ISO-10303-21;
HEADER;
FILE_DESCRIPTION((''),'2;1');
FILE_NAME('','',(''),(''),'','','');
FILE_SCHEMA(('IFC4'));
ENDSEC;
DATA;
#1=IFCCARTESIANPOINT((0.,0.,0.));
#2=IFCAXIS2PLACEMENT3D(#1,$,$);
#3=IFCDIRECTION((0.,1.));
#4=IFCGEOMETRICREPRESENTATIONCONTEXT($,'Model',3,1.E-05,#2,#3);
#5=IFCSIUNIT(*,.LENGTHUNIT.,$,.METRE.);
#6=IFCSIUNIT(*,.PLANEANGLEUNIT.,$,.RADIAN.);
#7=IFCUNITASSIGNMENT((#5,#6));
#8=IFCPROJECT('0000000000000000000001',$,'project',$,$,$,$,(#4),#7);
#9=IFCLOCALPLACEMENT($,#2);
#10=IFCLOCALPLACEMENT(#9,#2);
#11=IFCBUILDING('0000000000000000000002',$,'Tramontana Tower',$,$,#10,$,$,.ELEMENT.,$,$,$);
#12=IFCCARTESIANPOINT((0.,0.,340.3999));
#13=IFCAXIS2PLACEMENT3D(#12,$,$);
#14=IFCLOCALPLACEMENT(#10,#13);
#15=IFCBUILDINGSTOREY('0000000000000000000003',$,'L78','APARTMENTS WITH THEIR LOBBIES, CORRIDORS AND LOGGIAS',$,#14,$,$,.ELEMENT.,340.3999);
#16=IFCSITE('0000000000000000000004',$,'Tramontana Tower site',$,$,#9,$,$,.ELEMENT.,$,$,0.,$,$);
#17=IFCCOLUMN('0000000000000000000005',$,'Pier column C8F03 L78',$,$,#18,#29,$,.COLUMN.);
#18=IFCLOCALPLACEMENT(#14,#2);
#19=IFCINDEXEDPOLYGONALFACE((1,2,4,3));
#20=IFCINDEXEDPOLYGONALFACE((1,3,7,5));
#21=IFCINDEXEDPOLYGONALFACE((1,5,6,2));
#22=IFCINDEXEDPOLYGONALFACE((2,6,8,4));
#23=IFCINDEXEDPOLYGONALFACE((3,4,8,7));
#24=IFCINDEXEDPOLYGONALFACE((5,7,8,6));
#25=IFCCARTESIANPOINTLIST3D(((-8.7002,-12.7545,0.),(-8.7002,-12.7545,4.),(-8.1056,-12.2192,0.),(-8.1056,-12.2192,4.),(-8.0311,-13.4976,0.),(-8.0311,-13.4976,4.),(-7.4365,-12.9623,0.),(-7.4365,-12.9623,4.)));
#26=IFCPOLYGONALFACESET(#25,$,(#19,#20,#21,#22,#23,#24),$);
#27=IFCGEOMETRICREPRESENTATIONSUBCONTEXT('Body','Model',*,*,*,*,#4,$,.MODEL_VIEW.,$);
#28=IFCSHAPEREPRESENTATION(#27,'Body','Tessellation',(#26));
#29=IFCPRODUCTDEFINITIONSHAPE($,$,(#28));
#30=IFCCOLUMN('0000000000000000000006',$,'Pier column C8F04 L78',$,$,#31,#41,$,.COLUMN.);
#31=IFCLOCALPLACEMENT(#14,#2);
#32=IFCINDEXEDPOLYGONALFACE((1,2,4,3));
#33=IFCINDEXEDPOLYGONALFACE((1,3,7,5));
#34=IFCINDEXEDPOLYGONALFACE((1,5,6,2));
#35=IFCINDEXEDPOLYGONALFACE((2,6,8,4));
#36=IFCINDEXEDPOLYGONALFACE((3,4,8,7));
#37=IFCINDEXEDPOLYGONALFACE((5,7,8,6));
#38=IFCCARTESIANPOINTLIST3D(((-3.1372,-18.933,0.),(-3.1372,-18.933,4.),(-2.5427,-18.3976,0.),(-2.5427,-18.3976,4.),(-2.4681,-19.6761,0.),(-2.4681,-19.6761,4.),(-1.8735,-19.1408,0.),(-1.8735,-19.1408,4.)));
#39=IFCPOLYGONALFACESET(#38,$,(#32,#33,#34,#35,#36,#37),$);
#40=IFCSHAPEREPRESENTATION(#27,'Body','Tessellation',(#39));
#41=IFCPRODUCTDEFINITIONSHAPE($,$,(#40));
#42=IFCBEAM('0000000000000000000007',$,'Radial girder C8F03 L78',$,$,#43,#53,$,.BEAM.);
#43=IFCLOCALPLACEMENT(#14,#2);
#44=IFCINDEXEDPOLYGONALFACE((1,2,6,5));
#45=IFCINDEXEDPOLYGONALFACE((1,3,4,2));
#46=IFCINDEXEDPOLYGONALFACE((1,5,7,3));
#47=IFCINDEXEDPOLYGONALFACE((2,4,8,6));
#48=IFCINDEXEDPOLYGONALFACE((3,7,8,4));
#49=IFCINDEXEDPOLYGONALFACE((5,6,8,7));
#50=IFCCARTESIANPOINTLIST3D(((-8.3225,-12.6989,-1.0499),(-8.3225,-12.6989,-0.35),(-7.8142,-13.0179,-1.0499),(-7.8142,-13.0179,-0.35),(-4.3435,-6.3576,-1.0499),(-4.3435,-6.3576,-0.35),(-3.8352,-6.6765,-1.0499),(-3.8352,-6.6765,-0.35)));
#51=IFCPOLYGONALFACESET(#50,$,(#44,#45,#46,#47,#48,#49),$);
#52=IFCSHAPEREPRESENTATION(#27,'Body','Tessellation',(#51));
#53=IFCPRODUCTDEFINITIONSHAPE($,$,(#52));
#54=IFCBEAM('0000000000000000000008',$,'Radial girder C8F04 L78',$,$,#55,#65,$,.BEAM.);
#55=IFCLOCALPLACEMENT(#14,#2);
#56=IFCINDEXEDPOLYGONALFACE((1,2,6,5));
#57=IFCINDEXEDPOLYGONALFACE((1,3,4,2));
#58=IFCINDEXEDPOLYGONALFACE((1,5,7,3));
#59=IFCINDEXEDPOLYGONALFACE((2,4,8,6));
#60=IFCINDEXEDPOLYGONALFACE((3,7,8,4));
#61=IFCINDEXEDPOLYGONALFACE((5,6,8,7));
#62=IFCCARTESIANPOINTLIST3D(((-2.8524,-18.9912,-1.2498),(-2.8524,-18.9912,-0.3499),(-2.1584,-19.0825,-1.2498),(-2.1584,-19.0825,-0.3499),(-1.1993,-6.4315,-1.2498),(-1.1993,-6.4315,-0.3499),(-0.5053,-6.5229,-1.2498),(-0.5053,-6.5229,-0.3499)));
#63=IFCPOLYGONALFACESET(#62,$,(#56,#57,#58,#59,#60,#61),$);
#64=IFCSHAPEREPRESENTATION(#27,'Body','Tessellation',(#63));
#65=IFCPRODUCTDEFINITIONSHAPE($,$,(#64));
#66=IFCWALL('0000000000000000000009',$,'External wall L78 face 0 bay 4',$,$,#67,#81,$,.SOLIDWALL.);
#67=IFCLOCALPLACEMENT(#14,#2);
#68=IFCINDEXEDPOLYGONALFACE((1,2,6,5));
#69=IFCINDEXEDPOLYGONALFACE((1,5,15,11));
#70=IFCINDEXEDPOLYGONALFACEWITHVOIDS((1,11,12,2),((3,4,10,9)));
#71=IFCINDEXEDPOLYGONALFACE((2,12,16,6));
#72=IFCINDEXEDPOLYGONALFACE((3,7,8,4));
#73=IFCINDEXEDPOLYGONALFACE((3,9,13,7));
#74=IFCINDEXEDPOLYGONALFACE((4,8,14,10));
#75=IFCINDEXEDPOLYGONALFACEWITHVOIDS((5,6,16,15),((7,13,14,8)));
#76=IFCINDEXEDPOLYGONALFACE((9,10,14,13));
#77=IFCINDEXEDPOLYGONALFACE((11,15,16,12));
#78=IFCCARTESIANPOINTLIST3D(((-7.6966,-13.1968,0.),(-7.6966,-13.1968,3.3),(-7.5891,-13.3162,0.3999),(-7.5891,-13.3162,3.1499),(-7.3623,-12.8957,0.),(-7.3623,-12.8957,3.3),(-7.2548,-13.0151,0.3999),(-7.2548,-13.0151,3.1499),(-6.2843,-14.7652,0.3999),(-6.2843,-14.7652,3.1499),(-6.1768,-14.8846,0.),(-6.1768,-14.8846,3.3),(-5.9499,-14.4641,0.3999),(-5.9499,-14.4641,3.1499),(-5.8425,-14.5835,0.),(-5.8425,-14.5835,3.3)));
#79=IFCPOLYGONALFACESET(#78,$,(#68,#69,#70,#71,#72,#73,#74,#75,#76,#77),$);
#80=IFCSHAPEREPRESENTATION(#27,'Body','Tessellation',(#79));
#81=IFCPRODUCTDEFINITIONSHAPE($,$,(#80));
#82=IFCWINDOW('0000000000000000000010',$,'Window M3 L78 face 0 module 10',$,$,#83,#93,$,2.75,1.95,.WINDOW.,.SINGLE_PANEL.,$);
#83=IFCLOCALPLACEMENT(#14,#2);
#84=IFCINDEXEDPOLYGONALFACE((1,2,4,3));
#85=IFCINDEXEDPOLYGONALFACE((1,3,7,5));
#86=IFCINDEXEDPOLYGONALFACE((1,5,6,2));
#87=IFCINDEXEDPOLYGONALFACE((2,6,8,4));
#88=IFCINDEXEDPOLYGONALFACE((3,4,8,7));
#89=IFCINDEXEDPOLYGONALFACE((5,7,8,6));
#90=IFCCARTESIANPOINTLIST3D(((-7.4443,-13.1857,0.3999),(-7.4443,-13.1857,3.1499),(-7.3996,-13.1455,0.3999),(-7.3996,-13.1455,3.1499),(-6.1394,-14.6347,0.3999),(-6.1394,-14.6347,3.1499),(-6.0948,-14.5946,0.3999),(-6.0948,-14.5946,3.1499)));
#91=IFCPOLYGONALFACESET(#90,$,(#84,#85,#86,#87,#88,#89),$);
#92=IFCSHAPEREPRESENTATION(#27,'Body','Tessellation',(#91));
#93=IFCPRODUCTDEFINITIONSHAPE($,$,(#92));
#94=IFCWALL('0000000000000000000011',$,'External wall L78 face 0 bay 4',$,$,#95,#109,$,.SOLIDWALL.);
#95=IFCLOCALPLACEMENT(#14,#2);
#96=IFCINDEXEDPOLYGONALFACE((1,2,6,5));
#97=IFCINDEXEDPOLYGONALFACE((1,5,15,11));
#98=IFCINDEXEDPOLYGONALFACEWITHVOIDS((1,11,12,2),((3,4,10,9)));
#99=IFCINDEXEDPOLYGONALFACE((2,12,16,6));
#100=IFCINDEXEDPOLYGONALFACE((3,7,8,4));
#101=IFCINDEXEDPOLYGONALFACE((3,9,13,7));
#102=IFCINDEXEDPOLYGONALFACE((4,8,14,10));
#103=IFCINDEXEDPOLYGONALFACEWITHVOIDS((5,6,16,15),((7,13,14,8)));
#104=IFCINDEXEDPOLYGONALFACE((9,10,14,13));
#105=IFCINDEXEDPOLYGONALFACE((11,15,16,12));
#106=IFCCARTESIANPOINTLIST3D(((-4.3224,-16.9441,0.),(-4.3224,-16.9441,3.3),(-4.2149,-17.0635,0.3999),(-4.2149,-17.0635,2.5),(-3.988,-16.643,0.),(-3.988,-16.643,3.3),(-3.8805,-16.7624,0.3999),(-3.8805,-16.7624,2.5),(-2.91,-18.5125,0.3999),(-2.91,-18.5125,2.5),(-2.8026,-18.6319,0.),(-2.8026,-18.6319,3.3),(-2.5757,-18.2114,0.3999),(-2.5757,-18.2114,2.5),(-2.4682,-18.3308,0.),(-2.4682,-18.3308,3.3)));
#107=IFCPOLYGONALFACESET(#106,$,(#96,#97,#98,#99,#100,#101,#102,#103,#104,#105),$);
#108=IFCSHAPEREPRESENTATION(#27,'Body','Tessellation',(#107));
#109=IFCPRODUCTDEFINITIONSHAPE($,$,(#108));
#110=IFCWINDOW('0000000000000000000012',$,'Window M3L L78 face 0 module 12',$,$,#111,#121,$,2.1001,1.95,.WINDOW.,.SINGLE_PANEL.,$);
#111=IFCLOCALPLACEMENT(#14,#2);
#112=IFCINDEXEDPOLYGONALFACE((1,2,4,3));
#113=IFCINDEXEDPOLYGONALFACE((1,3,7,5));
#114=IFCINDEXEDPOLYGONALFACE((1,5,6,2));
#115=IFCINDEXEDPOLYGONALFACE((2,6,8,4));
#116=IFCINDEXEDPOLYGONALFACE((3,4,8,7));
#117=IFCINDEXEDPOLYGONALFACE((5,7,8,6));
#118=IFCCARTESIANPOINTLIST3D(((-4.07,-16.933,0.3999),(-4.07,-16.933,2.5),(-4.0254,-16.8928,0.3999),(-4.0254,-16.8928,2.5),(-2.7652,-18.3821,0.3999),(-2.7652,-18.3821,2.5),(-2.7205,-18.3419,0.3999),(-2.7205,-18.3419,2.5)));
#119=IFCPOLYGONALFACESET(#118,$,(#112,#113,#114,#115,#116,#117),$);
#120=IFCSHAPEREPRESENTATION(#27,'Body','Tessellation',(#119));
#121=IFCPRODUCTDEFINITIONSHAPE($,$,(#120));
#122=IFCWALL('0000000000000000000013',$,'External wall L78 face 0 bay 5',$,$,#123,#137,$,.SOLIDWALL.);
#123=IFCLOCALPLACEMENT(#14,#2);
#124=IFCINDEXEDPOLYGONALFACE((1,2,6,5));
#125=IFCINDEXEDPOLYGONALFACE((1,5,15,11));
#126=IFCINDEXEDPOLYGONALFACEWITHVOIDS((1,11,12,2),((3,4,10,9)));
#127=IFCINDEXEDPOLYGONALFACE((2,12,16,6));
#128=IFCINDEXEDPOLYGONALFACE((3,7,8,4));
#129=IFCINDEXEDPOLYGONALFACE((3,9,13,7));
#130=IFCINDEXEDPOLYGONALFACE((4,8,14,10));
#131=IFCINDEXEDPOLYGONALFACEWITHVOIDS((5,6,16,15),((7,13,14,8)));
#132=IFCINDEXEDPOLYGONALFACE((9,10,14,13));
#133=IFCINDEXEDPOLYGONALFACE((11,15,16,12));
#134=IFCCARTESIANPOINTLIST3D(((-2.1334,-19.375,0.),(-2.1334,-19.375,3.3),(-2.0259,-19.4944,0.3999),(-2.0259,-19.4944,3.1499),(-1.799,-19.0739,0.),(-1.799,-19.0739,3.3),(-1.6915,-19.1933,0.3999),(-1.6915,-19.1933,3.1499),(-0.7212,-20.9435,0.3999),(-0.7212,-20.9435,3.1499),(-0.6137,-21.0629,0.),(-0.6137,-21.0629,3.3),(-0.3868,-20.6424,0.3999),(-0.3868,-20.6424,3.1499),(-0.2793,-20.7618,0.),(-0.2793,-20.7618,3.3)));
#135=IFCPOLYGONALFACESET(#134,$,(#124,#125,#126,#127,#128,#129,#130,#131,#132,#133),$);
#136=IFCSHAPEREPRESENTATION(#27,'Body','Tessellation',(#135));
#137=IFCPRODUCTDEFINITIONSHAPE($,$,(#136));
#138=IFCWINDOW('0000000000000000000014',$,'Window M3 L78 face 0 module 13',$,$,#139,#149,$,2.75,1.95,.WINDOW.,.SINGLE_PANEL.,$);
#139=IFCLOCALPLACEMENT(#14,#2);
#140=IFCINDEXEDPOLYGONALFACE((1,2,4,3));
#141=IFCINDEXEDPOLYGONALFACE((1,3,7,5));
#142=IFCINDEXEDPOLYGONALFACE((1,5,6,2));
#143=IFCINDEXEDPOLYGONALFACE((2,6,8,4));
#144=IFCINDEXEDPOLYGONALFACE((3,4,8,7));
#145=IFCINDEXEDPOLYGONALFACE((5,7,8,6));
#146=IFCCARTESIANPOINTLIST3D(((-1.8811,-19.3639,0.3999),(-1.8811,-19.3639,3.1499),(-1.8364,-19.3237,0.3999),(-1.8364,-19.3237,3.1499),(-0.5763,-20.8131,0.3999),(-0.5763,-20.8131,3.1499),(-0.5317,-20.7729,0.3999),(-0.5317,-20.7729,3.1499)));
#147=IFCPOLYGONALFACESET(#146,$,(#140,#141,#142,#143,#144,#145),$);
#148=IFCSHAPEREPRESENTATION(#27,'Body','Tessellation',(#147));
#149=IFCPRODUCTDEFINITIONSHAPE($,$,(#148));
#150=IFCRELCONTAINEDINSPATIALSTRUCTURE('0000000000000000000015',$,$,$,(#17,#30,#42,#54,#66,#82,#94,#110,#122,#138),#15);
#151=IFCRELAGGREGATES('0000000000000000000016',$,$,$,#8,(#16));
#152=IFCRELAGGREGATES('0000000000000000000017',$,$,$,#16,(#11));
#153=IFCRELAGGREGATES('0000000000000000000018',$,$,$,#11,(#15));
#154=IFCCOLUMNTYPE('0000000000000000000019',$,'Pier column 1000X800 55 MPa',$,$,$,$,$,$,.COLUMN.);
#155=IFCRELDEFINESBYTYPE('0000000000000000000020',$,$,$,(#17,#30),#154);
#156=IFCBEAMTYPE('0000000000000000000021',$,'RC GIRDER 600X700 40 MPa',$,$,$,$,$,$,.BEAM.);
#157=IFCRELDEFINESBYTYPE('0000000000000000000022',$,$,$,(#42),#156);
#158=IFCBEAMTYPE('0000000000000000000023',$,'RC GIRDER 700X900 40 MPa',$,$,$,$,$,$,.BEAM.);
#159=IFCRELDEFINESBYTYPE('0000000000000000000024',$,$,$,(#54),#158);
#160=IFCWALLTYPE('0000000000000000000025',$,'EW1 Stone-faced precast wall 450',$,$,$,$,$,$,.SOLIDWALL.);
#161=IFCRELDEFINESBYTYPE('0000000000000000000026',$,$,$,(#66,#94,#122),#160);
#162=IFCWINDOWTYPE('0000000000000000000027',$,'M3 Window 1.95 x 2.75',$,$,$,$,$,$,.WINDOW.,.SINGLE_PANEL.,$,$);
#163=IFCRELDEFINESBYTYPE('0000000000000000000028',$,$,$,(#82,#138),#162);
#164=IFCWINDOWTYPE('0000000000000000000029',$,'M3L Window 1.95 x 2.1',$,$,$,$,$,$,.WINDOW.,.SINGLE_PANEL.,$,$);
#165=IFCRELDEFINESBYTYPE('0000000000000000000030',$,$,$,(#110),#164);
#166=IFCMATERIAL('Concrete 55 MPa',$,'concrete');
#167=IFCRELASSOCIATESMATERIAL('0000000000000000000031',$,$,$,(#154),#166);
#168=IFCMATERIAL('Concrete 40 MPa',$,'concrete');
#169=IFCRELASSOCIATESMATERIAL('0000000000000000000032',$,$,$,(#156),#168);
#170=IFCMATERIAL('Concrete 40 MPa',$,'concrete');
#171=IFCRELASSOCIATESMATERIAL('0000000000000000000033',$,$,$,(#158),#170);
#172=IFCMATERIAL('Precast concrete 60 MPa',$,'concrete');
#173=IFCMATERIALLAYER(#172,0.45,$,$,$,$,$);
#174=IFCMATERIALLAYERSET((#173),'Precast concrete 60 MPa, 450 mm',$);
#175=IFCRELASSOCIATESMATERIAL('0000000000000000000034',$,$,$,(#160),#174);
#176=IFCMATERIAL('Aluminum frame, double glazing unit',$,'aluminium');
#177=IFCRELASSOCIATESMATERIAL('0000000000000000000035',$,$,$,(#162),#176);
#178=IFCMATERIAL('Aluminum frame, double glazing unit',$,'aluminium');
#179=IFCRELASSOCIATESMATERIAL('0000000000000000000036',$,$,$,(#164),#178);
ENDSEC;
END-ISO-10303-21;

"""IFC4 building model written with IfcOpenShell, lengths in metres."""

from ifc_helpers import new_model, si_unit, direction, frame, frame_2d, origin, origin_2d, place, context, subcontext, project, spatial, rectangle, extrude, material, layer, layer_set, material_profile, profile_set, type_object, element, fill, save


model = new_model("IFC4")

# Units and contexts
model_context = context("Model", 3, precision=1e-05, world=origin(), true_north=direction((0.0, 1.0)))
body_context = subcontext(model_context, "Body", "Model", "MODEL_VIEW")
ifc_project = project(units=[si_unit("LENGTHUNIT", "METRE"), si_unit("PLANEANGLEUNIT", "RADIAN")], contexts=[model_context])

# Site, building, storey
site_placement = place(None, origin())
site = spatial("IfcSite", under=ifc_project, at=site_placement, Name="Tramontana Tower site", CompositionType="ELEMENT", RefElevation=0.0)
building_placement = place(site_placement, origin())
building = spatial("IfcBuilding", under=site, at=building_placement, Name="Tramontana Tower", CompositionType="ELEMENT")
storey_placement = place(building_placement, frame((0.0, 0.0, 340.3999)))
storey = spatial("IfcBuildingStorey", under=building, at=storey_placement, Name="L78", Description="APARTMENTS WITH THEIR LOBBIES, CORRIDORS AND LOGGIAS", CompositionType="ELEMENT", Elevation=340.3999)

# Columns
ifc_material_1 = material(Name="Concrete 55 MPa", Category="concrete")
ifc_material_profile_1 = material_profile(ifc_material_1, rectangle(XDim=1.0, YDim=0.8, at=origin_2d()), Name="Pier column 1000X800 55 MPa")
ifc_profile_set_1 = profile_set([ifc_material_profile_1], Name="Concrete 55 MPa")
column_type = type_object("IfcColumnType", Name="Pier column 1000X800 55 MPa", PredefinedType="COLUMN", material=ifc_profile_set_1)
for number, where, z_axis, x_axis, name in (
    (1, (-8.0684, -12.8584, 0.0), (0.0, 0.0, 1.0), (0.669131, -0.743145, 0.0), "Pier column C8F03 L78"),
    (2, (-2.5054, -19.0369, 0.0), (0.0, 0.0, 1.0), (0.669131, -0.743145, 0.0), "Pier column C8F04 L78"),
):
    element("IfcColumn", number, at=place(storey_placement, frame(where, z_axis=z_axis, x_axis=x_axis)), inside=storey, type_object=column_type, Name=name, PredefinedType="COLUMN", context=body_context, shape_type="SweptSolid", body=[
        extrude(rectangle(XDim=1.0, YDim=0.8, at=origin_2d()), origin(), (0.0, 0.0, 1.0), 4.0),
    ])

# Beams
ifc_material_2 = material(Name="Concrete 40 MPa", Category="concrete")
ifc_material_profile_2 = material_profile(ifc_material_2, rectangle(XDim=0.6001, YDim=0.7, at=origin_2d()), Name="RC GIRDER 600X700 40 MPa")
ifc_profile_set_2 = profile_set([ifc_material_profile_2], Name="Concrete 40 MPa")
beam_type_1 = type_object("IfcBeamType", Name="RC GIRDER 600X700 40 MPa", PredefinedType="BEAM", material=ifc_profile_set_2)
beam_1_placement = place(storey_placement, frame((-8.0684, -12.8584, -0.7), z_axis=(0.531505, 0.847055, 0.0), x_axis=(-0.847055, 0.531505, 0.0)))
element("IfcBeam", 3, at=beam_1_placement, inside=storey, type_object=beam_type_1, Name="Radial girder C8F03 L78", PredefinedType="BEAM", context=body_context, shape_type="SweptSolid", body=[
    extrude(rectangle(XDim=0.6001, YDim=0.7, at=origin_2d()), origin(), (0.0, 0.0, 1.0), 7.4863),
])
ifc_material_3 = material(Name="Concrete 40 MPa", Category="concrete")
ifc_material_profile_3 = material_profile(ifc_material_3, rectangle(XDim=0.7, YDim=0.8999, at=origin_2d()), Name="RC GIRDER 700X900 40 MPa")
ifc_profile_set_3 = profile_set([ifc_material_profile_3], Name="Concrete 40 MPa")
beam_type_2 = type_object("IfcBeamType", Name="RC GIRDER 700X900 40 MPa", PredefinedType="BEAM", material=ifc_profile_set_3)
beam_2_placement = place(storey_placement, frame((-2.5054, -19.0369, -0.7998), z_axis=(0.130493, 0.991449, 0.0), x_axis=(-0.991449, 0.130493, 0.0)))
element("IfcBeam", 4, at=beam_2_placement, inside=storey, type_object=beam_type_2, Name="Radial girder C8F04 L78", PredefinedType="BEAM", context=body_context, shape_type="SweptSolid", body=[
    extrude(rectangle(XDim=0.7, YDim=0.8999, at=origin_2d()), origin(), (0.0, 0.0, 1.0), 12.668),
])

# Walls, openings, windows
ifc_material_4 = material(Name="Precast concrete 60 MPa", Category="concrete")
ifc_layer_1 = layer(ifc_material_4, 0.45)
ifc_layer_set_1 = layer_set([ifc_layer_1], Name="Precast concrete 60 MPa, 450 mm")
wall_type_1 = type_object("IfcWallType", Name="EW1 Stone-faced precast wall 450", PredefinedType="SOLIDWALL", material=ifc_layer_set_1)
wall_1_placement = place(storey_placement, frame((-7.5295, -13.0461, 0.0), z_axis=(0.0, 0.0, 1.0), x_axis=(0.669161, -0.743118, 0.0)))
wall_1 = element("IfcWall", 5, at=wall_1_placement, inside=storey, type_object=wall_type_1, Name="External wall L78 face 0 bay 4", PredefinedType="SOLIDWALL", context=body_context, shape_type="SweptSolid", body=[
    extrude(rectangle(XDim=2.2712, YDim=0.45, at=frame_2d((1.1357, 0.0))), origin(), (0.0, 0.0, 1.0), 3.3),
])
opening_1_placement = place(wall_1_placement, frame((0.1606, 0.0, 0.3999)))
opening_1 = element("IfcOpeningElement", 6, at=opening_1_placement, cuts=wall_1, PredefinedType="OPENING", context=body_context, shape_type="SweptSolid", body=[
    extrude(rectangle(XDim=1.95, YDim=2.75, at=frame_2d((0.9751, 1.375))), frame((0.0, 0.2349, 0.0), z_axis=(0.0, -1.0, 0.0), x_axis=(1.0, 0.0, 0.0)), (0.0, 0.0, 1.0), 0.47),
])
ifc_material_5 = material(Name="Aluminum frame, double glazing unit", Category="aluminium")
window_type_1 = type_object("IfcWindowType", Name="M3 Window 1.95 x 2.75", PartitioningType="SINGLE_PANEL", PredefinedType="WINDOW", material=ifc_material_5)
window_1_placement = place(opening_1_placement, origin())
window_1 = element("IfcWindow", 7, at=window_1_placement, inside=storey, type_object=window_type_1, Name="Window M3 L78 face 0 module 10", OverallHeight=2.75, OverallWidth=1.95, PartitioningType="SINGLE_PANEL", PredefinedType="WINDOW", context=body_context, shape_type="SweptSolid", body=[
    extrude(rectangle(XDim=1.95, YDim=2.75, at=frame_2d((0.9751, 1.375))), frame((0.0, 0.03, 0.0), z_axis=(0.0, -1.0, 0.0), x_axis=(1.0, 0.0, 0.0)), (0.0, 0.0, 1.0), 0.0601),
])
fill(opening_1, window_1)
wall_2_placement = place(storey_placement, frame((-4.1553, -16.7935, 0.0), z_axis=(0.0, 0.0, 1.0), x_axis=(0.669161, -0.743118, 0.0)))
wall_2 = element("IfcWall", 8, at=wall_2_placement, inside=storey, type_object=wall_type_1, Name="External wall L78 face 0 bay 4", PredefinedType="SOLIDWALL", context=body_context, shape_type="SweptSolid", body=[
    extrude(rectangle(XDim=2.2712, YDim=0.45, at=frame_2d((1.1357, 0.0))), origin(), (0.0, 0.0, 1.0), 3.3),
])
opening_2_placement = place(wall_2_placement, frame((0.1606, 0.0, 0.3999)))
opening_2 = element("IfcOpeningElement", 9, at=opening_2_placement, cuts=wall_2, PredefinedType="OPENING", context=body_context, shape_type="SweptSolid", body=[
    extrude(rectangle(XDim=1.95, YDim=2.1001, at=frame_2d((0.9751, 1.05))), frame((0.0, 0.2349, 0.0), z_axis=(0.0, -1.0, 0.0), x_axis=(1.0, 0.0, 0.0)), (0.0, 0.0, 1.0), 0.47),
])
ifc_material_6 = material(Name="Aluminum frame, double glazing unit", Category="aluminium")
window_type_2 = type_object("IfcWindowType", Name="M3L Window 1.95 x 2.1", PartitioningType="SINGLE_PANEL", PredefinedType="WINDOW", material=ifc_material_6)
window_2_placement = place(opening_2_placement, origin())
window_2 = element("IfcWindow", 10, at=window_2_placement, inside=storey, type_object=window_type_2, Name="Window M3L L78 face 0 module 12", OverallHeight=2.1001, OverallWidth=1.95, PartitioningType="SINGLE_PANEL", PredefinedType="WINDOW", context=body_context, shape_type="SweptSolid", body=[
    extrude(rectangle(XDim=1.95, YDim=2.1001, at=frame_2d((0.9751, 1.05))), frame((0.0, 0.03, 0.0), z_axis=(0.0, -1.0, 0.0), x_axis=(1.0, 0.0, 0.0)), (0.0, 0.0, 1.0), 0.0601),
])
fill(opening_2, window_2)
wall_3_placement = place(storey_placement, frame((-1.9663, -19.2244, 0.0), z_axis=(0.0, 0.0, 1.0), x_axis=(0.669107, -0.743166, 0.0)))
wall_3 = element("IfcWall", 11, at=wall_3_placement, inside=storey, type_object=wall_type_1, Name="External wall L78 face 0 bay 5", PredefinedType="SOLIDWALL", context=body_context, shape_type="SweptSolid", body=[
    extrude(rectangle(XDim=2.2712, YDim=0.45, at=frame_2d((1.1357, 0.0))), origin(), (0.0, 0.0, 1.0), 3.3),
])
opening_3_placement = place(wall_3_placement, frame((0.1606, 0.0, 0.3999)))
opening_3 = element("IfcOpeningElement", 12, at=opening_3_placement, cuts=wall_3, PredefinedType="OPENING", context=body_context, shape_type="SweptSolid", body=[
    extrude(rectangle(XDim=1.95, YDim=2.75, at=frame_2d((0.9751, 1.375))), frame((0.0, 0.2349, 0.0), z_axis=(0.0, -1.0, 0.0), x_axis=(1.0, 0.0, 0.0)), (0.0, 0.0, 1.0), 0.47),
])
window_3_placement = place(opening_3_placement, origin())
window_3 = element("IfcWindow", 13, at=window_3_placement, inside=storey, type_object=window_type_1, Name="Window M3 L78 face 0 module 13", OverallHeight=2.75, OverallWidth=1.95, PartitioningType="SINGLE_PANEL", PredefinedType="WINDOW", context=body_context, shape_type="SweptSolid", body=[
    extrude(rectangle(XDim=1.95, YDim=2.75, at=frame_2d((0.9751, 1.375))), frame((0.0, 0.03, 0.0), z_axis=(0.0, -1.0, 0.0), x_axis=(1.0, 0.0, 0.0)), (0.0, 0.0, 1.0), 0.0601),
])
fill(opening_3, window_3)

save(model, "model.ifc")
